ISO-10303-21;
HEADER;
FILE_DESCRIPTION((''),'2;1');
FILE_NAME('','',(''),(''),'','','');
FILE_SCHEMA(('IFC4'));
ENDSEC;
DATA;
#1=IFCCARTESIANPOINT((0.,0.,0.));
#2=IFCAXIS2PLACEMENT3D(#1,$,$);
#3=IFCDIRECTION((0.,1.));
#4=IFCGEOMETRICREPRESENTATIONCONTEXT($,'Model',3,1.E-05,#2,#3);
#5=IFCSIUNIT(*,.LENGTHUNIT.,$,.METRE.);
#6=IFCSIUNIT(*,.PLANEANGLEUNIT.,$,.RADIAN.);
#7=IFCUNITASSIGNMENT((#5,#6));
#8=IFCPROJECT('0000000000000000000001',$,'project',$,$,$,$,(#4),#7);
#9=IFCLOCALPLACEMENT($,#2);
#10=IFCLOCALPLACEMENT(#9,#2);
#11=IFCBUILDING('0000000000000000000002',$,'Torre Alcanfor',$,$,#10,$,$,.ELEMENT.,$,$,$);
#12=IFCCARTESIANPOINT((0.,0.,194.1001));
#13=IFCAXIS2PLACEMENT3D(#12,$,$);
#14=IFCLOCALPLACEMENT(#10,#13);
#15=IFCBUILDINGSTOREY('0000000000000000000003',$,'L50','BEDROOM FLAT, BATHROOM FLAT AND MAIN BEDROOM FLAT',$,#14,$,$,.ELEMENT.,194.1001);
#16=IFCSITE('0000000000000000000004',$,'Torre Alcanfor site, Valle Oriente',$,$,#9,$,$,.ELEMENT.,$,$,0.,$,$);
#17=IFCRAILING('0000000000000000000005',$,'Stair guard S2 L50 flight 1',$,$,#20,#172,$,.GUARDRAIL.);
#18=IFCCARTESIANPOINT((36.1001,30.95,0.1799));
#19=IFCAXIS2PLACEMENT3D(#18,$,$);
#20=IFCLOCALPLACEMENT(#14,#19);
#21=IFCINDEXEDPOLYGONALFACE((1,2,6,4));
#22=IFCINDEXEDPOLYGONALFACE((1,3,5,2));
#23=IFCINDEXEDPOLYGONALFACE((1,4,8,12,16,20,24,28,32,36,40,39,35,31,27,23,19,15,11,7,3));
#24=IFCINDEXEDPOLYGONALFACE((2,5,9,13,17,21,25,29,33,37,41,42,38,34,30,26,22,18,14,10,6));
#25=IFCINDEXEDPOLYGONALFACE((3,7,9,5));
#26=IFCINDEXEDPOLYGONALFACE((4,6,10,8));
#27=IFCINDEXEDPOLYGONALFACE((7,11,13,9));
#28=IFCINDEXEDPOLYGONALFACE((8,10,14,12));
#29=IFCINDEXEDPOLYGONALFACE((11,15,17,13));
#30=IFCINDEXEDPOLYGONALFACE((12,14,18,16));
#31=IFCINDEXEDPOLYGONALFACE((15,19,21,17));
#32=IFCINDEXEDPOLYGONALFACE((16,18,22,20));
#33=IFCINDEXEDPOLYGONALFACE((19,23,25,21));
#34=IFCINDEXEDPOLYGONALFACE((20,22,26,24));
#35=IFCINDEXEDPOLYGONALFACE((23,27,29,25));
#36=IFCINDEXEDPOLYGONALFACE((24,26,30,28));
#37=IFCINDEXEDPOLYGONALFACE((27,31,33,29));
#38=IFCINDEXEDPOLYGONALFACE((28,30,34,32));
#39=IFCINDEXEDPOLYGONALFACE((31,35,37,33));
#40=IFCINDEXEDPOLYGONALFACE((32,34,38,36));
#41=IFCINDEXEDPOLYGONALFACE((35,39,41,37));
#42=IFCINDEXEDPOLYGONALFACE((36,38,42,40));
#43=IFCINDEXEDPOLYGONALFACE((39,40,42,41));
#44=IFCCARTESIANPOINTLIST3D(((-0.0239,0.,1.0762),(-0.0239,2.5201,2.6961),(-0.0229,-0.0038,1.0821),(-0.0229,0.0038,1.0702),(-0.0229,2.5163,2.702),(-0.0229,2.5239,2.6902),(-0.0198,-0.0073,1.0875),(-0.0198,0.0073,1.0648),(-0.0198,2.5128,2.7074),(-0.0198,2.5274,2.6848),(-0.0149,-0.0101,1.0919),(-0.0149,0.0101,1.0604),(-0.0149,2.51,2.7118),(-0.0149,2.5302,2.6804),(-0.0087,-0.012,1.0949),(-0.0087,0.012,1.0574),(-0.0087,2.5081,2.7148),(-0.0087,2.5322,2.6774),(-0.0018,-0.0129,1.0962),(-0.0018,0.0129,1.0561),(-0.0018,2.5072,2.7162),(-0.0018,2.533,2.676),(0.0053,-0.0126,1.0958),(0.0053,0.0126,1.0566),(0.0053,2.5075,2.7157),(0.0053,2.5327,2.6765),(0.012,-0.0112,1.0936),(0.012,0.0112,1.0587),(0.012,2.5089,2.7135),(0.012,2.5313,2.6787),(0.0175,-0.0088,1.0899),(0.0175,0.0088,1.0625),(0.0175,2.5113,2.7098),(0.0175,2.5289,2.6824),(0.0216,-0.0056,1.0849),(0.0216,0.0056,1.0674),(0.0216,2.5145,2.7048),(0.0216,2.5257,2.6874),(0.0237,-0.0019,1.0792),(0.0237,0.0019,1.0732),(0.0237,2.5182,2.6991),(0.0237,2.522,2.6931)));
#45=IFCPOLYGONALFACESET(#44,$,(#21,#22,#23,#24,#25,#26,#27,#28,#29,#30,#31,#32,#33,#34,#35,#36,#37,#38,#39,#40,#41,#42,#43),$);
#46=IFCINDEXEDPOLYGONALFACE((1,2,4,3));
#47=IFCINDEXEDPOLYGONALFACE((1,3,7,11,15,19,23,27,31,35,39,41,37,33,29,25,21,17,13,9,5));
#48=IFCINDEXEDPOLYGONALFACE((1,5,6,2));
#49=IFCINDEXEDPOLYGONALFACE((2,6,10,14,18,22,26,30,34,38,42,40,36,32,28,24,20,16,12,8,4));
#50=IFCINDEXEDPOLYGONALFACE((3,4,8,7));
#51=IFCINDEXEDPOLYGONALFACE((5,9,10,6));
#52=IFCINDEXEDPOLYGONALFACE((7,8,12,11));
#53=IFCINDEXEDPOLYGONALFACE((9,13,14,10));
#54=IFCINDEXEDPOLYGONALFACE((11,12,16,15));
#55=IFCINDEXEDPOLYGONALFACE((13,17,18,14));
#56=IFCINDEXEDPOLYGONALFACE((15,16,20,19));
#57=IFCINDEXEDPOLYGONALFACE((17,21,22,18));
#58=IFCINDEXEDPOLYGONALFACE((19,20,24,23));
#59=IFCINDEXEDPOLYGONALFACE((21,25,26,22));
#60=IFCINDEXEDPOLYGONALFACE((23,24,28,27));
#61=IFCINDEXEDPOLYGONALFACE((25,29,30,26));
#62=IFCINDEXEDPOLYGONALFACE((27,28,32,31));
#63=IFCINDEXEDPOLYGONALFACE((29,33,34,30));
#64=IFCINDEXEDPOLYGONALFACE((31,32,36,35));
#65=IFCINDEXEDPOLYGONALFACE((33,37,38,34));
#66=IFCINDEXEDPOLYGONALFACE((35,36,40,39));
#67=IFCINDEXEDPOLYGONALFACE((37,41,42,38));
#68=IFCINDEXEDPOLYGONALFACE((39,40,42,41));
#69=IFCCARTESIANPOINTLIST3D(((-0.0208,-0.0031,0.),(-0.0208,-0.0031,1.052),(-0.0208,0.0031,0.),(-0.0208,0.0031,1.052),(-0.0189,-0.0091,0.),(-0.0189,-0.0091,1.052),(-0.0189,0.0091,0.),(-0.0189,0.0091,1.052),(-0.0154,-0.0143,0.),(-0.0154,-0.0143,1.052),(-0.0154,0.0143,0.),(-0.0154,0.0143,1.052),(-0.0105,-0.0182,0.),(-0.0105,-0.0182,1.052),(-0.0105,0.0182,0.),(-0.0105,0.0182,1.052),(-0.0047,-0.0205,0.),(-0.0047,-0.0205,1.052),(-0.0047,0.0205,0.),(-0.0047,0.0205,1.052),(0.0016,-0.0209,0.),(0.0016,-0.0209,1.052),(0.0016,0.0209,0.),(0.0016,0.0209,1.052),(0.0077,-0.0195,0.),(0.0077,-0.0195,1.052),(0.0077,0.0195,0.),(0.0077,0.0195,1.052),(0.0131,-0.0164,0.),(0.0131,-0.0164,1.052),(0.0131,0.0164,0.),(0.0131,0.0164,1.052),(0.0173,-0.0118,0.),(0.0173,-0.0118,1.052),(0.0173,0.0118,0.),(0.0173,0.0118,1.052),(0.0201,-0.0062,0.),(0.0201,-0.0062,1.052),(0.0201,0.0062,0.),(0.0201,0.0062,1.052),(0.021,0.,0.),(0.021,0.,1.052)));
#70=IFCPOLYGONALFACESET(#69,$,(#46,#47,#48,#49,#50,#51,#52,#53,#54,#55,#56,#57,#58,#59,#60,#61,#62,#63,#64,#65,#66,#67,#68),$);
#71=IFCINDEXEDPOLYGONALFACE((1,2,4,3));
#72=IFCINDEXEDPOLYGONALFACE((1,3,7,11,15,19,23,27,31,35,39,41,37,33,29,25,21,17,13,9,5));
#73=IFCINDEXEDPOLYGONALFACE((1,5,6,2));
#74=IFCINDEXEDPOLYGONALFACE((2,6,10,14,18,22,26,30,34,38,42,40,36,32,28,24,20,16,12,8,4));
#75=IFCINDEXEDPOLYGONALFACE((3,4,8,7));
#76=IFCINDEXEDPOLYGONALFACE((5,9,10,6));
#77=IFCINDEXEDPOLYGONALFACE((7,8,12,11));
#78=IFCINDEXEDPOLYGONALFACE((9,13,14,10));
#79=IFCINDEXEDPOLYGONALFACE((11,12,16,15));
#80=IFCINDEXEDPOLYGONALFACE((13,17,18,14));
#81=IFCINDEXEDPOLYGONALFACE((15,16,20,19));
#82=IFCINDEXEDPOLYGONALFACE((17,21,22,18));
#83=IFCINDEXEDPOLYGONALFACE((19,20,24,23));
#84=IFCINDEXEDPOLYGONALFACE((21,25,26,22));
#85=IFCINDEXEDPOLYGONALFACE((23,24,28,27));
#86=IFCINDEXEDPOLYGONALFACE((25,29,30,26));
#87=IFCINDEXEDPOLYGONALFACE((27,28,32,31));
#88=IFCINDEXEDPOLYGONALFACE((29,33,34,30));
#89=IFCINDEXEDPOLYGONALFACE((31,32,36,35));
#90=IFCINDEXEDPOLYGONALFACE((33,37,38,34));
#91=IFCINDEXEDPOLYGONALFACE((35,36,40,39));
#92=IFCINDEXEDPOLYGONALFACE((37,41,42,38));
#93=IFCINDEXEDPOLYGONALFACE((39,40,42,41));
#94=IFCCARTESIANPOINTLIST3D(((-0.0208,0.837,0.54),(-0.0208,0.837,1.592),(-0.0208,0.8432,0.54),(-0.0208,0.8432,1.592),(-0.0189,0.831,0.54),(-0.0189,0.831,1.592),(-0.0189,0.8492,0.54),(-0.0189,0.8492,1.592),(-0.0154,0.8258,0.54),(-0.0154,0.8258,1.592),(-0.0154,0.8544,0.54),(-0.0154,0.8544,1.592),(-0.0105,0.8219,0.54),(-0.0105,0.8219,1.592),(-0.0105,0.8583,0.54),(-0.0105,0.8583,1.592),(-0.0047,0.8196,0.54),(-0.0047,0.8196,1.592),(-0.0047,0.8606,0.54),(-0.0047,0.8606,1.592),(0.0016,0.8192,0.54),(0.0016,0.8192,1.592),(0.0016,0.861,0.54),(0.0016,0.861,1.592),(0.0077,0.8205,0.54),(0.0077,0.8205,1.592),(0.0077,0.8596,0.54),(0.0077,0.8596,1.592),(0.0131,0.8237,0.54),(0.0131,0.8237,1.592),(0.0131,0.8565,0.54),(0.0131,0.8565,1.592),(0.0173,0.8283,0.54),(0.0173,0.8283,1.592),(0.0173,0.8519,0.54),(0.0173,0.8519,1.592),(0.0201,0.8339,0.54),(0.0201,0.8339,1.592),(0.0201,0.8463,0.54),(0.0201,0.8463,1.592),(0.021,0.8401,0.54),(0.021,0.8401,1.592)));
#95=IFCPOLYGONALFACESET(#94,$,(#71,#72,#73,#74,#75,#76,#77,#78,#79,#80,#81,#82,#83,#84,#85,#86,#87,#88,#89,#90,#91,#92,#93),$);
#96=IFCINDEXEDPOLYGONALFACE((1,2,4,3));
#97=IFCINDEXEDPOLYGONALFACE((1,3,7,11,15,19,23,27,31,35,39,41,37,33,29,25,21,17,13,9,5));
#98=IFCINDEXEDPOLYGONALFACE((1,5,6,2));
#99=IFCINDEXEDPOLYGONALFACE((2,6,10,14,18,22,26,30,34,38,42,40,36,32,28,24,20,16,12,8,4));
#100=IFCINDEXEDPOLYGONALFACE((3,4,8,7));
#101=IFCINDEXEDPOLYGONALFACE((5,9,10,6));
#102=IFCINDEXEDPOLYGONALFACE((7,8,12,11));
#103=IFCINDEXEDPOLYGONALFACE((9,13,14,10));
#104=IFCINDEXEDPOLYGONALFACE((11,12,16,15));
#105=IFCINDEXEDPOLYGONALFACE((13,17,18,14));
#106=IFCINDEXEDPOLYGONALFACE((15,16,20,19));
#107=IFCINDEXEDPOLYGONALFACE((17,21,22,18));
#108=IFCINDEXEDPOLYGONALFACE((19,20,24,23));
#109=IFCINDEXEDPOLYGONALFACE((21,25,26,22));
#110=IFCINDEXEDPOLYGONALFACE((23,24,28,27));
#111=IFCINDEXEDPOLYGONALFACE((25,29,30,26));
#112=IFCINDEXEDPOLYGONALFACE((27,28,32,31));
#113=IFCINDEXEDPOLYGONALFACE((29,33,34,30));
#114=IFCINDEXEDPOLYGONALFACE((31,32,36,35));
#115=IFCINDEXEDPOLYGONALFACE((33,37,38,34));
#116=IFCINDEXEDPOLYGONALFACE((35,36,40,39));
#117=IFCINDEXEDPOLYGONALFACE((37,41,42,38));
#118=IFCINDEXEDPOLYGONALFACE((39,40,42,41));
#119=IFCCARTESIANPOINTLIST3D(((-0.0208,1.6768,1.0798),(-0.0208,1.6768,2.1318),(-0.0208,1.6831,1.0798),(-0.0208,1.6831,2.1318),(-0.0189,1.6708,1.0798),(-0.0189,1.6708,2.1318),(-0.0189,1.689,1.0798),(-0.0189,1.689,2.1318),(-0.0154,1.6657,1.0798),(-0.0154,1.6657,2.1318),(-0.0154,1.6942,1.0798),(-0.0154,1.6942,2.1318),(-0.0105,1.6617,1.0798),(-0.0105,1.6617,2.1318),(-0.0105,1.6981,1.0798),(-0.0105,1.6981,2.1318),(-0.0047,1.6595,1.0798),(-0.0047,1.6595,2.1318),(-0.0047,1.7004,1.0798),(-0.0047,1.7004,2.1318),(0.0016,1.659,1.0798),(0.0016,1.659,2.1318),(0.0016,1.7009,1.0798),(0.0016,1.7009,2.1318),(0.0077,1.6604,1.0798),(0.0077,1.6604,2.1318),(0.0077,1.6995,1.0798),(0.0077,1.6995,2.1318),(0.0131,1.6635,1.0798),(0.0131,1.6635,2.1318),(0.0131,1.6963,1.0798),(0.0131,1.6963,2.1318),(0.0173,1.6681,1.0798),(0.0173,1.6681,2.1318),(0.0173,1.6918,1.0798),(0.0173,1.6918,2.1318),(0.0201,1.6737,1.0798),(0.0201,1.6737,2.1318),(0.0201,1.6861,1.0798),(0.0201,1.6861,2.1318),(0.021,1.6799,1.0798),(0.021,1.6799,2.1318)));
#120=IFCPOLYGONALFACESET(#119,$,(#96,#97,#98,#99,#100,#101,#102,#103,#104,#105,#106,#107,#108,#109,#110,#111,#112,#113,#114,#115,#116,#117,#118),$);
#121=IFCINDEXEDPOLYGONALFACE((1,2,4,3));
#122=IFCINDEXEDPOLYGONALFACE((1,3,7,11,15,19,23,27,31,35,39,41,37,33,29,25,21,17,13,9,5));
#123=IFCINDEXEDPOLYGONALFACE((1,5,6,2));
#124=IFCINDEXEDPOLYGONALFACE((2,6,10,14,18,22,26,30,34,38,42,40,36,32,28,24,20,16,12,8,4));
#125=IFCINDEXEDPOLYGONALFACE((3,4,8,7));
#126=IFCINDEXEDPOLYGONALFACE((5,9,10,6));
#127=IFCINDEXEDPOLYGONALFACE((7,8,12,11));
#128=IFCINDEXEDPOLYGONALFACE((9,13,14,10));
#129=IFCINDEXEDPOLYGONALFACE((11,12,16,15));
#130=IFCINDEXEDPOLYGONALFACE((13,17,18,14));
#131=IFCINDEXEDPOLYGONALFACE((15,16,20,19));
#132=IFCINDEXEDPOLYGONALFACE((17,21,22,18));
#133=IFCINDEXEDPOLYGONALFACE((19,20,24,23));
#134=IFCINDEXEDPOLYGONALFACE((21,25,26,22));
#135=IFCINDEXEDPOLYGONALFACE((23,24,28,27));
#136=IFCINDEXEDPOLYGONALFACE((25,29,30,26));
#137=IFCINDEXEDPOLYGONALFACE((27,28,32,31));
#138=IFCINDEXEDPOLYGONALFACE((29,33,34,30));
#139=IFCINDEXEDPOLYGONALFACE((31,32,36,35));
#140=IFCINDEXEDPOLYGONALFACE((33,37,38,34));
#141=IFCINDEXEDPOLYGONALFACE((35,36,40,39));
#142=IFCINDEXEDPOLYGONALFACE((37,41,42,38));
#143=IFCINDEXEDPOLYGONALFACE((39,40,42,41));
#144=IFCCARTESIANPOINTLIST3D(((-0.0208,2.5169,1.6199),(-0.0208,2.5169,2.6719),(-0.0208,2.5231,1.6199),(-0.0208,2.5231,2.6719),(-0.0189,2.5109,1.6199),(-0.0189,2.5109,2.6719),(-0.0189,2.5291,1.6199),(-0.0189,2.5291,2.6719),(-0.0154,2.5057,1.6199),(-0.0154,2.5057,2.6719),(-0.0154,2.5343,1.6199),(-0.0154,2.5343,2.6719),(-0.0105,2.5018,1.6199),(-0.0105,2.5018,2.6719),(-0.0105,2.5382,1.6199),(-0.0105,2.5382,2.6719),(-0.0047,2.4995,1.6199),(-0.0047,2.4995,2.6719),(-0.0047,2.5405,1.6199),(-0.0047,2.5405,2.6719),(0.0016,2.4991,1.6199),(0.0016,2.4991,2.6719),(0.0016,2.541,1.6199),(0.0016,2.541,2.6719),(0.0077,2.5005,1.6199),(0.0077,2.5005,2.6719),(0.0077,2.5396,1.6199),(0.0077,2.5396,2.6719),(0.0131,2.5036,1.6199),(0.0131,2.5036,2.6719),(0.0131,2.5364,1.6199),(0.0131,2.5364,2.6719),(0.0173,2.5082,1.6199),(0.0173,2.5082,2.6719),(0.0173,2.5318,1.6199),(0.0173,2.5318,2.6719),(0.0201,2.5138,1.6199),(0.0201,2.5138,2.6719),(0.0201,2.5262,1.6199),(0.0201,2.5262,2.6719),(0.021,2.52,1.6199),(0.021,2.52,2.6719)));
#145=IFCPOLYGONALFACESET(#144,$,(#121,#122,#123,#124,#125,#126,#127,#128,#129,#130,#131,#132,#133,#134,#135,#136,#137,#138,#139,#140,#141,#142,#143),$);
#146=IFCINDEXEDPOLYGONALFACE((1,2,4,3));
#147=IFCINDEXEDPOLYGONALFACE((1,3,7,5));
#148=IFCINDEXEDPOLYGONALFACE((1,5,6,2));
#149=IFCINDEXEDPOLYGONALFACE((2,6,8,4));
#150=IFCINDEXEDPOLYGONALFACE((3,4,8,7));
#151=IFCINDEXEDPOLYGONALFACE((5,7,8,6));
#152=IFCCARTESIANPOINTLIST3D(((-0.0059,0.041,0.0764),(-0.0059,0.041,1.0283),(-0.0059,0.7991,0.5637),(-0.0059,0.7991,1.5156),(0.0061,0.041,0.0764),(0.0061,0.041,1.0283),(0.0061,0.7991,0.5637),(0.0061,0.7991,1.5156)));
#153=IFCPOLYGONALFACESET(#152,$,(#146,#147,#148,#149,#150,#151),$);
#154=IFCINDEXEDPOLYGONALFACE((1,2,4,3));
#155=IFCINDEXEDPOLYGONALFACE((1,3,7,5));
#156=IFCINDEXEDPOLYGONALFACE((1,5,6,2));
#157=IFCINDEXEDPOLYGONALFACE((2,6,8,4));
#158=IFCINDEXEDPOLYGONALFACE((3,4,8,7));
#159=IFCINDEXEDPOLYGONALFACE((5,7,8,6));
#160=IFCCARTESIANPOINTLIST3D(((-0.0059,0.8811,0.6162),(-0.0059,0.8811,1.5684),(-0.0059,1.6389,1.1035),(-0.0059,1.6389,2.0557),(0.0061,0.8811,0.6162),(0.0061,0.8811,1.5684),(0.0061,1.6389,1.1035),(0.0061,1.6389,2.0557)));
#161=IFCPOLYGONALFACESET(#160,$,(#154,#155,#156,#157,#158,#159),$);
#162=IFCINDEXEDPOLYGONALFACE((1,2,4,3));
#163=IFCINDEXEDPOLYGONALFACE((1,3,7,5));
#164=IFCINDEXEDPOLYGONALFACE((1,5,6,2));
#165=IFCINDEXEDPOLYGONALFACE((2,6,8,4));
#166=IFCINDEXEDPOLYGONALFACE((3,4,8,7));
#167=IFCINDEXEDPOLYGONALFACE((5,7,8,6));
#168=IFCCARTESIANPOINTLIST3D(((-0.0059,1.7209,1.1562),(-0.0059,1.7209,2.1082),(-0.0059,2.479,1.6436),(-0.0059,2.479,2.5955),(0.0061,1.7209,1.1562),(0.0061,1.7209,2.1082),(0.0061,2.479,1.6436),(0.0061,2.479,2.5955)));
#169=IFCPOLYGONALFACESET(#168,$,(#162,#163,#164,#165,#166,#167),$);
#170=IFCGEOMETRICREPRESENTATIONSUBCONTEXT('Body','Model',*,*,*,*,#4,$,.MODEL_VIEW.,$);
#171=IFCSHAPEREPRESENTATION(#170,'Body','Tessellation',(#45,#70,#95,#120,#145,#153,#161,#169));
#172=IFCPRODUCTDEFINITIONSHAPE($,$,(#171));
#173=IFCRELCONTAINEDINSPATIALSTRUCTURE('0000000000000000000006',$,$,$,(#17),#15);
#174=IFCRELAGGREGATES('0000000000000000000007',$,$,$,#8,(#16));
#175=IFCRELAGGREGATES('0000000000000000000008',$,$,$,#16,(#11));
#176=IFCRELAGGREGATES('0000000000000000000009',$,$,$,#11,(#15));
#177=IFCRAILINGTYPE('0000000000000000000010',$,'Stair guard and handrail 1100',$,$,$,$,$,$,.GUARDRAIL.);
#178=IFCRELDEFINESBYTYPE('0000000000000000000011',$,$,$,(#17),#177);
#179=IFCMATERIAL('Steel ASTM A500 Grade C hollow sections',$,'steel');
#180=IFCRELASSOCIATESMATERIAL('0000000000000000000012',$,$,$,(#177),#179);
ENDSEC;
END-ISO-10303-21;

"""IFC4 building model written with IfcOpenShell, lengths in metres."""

from ifc_helpers import new_model, si_unit, direction, frame, origin, origin_2d, place, context, subcontext, project, spatial, polyline, circle, outline, extrude, material, type_object, element, save


model = new_model("IFC4")

# Units and contexts
model_context = context("Model", 3, precision=1e-05, world=origin(), true_north=direction((0.0, 1.0)))
body_context = subcontext(model_context, "Body", "Model", "MODEL_VIEW")
ifc_project = project(units=[si_unit("LENGTHUNIT", "METRE"), si_unit("PLANEANGLEUNIT", "RADIAN")], contexts=[model_context])

# Site, building, storey
site_placement = place(None, origin())
site = spatial("IfcSite", under=ifc_project, at=site_placement, Name="Torre Alcanfor site, Valle Oriente", CompositionType="ELEMENT", RefElevation=0.0)
building_placement = place(site_placement, origin())
building = spatial("IfcBuilding", under=site, at=building_placement, Name="Torre Alcanfor", CompositionType="ELEMENT")
storey_placement = place(building_placement, frame((0.0, 0.0, 194.1001)))
storey = spatial("IfcBuildingStorey", under=building, at=storey_placement, Name="L50", Description="BEDROOM FLAT, BATHROOM FLAT AND MAIN BEDROOM FLAT", CompositionType="ELEMENT", Elevation=194.1001)

# Railing
ifc_material_1 = material(Name="Steel ASTM A500 Grade C hollow sections", Category="steel")
railing_type_1 = type_object("IfcRailingType", Name="Stair guard and handrail 1100", PredefinedType="GUARDRAIL", material=ifc_material_1)
railing_1_placement = place(storey_placement, frame((36.1001, 30.95, 0.1799)))
element("IfcRailing", 1, at=railing_1_placement, inside=storey, type_object=railing_type_1, Name="Stair guard S2 L50 flight 1", PredefinedType="GUARDRAIL", context=body_context, shape_type="SweptSolid", body=[
    extrude(circle(Radius=0.0239, at=origin_2d()), frame((0.0, 0.0, 1.0762), z_axis=(0.0, 0.8412, 0.540725), x_axis=(-1.0, 0.0, 0.0)), (0.0, 0.0, 1.0), 2.9958),
    extrude(circle(Radius=0.021, at=origin_2d()), origin(), (0.0, 0.0, 1.0), 1.052),
    extrude(circle(Radius=0.021, at=origin_2d()), frame((0.0, 0.8401, 0.54)), (0.0, 0.0, 1.0), 1.052),
    extrude(circle(Radius=0.021, at=origin_2d()), frame((0.0, 1.6799, 1.0798)), (0.0, 0.0, 1.0), 1.052),
    extrude(circle(Radius=0.021, at=origin_2d()), frame((0.0, 2.52, 1.6199)), (0.0, 0.0, 1.0), 1.052),
    extrude(outline(polyline([(0.041, 0.0764), (0.7991, 0.5637), (0.7991, 1.5156), (0.041, 1.0283), (0.041, 0.0764)])), frame((-0.0059, 0.0, 0.0), z_axis=(1.0, 0.0, 0.0), x_axis=(0.0, 1.0, 0.0)), (0.0, 0.0, 1.0), 0.012),
    extrude(outline(polyline([(0.8811, 0.6162), (1.6389, 1.1035), (1.6389, 2.0557), (0.8811, 1.5684), (0.8811, 0.6162)])), frame((-0.0059, 0.0, 0.0), z_axis=(1.0, 0.0, 0.0), x_axis=(0.0, 1.0, 0.0)), (0.0, 0.0, 1.0), 0.012),
    extrude(outline(polyline([(1.7209, 1.1562), (2.479, 1.6436), (2.479, 2.5955), (1.7209, 2.1082), (1.7209, 1.1562)])), frame((-0.0059, 0.0, 0.0), z_axis=(1.0, 0.0, 0.0), x_axis=(0.0, 1.0, 0.0)), (0.0, 0.0, 1.0), 0.012),
])

save(model, "model.ifc")
